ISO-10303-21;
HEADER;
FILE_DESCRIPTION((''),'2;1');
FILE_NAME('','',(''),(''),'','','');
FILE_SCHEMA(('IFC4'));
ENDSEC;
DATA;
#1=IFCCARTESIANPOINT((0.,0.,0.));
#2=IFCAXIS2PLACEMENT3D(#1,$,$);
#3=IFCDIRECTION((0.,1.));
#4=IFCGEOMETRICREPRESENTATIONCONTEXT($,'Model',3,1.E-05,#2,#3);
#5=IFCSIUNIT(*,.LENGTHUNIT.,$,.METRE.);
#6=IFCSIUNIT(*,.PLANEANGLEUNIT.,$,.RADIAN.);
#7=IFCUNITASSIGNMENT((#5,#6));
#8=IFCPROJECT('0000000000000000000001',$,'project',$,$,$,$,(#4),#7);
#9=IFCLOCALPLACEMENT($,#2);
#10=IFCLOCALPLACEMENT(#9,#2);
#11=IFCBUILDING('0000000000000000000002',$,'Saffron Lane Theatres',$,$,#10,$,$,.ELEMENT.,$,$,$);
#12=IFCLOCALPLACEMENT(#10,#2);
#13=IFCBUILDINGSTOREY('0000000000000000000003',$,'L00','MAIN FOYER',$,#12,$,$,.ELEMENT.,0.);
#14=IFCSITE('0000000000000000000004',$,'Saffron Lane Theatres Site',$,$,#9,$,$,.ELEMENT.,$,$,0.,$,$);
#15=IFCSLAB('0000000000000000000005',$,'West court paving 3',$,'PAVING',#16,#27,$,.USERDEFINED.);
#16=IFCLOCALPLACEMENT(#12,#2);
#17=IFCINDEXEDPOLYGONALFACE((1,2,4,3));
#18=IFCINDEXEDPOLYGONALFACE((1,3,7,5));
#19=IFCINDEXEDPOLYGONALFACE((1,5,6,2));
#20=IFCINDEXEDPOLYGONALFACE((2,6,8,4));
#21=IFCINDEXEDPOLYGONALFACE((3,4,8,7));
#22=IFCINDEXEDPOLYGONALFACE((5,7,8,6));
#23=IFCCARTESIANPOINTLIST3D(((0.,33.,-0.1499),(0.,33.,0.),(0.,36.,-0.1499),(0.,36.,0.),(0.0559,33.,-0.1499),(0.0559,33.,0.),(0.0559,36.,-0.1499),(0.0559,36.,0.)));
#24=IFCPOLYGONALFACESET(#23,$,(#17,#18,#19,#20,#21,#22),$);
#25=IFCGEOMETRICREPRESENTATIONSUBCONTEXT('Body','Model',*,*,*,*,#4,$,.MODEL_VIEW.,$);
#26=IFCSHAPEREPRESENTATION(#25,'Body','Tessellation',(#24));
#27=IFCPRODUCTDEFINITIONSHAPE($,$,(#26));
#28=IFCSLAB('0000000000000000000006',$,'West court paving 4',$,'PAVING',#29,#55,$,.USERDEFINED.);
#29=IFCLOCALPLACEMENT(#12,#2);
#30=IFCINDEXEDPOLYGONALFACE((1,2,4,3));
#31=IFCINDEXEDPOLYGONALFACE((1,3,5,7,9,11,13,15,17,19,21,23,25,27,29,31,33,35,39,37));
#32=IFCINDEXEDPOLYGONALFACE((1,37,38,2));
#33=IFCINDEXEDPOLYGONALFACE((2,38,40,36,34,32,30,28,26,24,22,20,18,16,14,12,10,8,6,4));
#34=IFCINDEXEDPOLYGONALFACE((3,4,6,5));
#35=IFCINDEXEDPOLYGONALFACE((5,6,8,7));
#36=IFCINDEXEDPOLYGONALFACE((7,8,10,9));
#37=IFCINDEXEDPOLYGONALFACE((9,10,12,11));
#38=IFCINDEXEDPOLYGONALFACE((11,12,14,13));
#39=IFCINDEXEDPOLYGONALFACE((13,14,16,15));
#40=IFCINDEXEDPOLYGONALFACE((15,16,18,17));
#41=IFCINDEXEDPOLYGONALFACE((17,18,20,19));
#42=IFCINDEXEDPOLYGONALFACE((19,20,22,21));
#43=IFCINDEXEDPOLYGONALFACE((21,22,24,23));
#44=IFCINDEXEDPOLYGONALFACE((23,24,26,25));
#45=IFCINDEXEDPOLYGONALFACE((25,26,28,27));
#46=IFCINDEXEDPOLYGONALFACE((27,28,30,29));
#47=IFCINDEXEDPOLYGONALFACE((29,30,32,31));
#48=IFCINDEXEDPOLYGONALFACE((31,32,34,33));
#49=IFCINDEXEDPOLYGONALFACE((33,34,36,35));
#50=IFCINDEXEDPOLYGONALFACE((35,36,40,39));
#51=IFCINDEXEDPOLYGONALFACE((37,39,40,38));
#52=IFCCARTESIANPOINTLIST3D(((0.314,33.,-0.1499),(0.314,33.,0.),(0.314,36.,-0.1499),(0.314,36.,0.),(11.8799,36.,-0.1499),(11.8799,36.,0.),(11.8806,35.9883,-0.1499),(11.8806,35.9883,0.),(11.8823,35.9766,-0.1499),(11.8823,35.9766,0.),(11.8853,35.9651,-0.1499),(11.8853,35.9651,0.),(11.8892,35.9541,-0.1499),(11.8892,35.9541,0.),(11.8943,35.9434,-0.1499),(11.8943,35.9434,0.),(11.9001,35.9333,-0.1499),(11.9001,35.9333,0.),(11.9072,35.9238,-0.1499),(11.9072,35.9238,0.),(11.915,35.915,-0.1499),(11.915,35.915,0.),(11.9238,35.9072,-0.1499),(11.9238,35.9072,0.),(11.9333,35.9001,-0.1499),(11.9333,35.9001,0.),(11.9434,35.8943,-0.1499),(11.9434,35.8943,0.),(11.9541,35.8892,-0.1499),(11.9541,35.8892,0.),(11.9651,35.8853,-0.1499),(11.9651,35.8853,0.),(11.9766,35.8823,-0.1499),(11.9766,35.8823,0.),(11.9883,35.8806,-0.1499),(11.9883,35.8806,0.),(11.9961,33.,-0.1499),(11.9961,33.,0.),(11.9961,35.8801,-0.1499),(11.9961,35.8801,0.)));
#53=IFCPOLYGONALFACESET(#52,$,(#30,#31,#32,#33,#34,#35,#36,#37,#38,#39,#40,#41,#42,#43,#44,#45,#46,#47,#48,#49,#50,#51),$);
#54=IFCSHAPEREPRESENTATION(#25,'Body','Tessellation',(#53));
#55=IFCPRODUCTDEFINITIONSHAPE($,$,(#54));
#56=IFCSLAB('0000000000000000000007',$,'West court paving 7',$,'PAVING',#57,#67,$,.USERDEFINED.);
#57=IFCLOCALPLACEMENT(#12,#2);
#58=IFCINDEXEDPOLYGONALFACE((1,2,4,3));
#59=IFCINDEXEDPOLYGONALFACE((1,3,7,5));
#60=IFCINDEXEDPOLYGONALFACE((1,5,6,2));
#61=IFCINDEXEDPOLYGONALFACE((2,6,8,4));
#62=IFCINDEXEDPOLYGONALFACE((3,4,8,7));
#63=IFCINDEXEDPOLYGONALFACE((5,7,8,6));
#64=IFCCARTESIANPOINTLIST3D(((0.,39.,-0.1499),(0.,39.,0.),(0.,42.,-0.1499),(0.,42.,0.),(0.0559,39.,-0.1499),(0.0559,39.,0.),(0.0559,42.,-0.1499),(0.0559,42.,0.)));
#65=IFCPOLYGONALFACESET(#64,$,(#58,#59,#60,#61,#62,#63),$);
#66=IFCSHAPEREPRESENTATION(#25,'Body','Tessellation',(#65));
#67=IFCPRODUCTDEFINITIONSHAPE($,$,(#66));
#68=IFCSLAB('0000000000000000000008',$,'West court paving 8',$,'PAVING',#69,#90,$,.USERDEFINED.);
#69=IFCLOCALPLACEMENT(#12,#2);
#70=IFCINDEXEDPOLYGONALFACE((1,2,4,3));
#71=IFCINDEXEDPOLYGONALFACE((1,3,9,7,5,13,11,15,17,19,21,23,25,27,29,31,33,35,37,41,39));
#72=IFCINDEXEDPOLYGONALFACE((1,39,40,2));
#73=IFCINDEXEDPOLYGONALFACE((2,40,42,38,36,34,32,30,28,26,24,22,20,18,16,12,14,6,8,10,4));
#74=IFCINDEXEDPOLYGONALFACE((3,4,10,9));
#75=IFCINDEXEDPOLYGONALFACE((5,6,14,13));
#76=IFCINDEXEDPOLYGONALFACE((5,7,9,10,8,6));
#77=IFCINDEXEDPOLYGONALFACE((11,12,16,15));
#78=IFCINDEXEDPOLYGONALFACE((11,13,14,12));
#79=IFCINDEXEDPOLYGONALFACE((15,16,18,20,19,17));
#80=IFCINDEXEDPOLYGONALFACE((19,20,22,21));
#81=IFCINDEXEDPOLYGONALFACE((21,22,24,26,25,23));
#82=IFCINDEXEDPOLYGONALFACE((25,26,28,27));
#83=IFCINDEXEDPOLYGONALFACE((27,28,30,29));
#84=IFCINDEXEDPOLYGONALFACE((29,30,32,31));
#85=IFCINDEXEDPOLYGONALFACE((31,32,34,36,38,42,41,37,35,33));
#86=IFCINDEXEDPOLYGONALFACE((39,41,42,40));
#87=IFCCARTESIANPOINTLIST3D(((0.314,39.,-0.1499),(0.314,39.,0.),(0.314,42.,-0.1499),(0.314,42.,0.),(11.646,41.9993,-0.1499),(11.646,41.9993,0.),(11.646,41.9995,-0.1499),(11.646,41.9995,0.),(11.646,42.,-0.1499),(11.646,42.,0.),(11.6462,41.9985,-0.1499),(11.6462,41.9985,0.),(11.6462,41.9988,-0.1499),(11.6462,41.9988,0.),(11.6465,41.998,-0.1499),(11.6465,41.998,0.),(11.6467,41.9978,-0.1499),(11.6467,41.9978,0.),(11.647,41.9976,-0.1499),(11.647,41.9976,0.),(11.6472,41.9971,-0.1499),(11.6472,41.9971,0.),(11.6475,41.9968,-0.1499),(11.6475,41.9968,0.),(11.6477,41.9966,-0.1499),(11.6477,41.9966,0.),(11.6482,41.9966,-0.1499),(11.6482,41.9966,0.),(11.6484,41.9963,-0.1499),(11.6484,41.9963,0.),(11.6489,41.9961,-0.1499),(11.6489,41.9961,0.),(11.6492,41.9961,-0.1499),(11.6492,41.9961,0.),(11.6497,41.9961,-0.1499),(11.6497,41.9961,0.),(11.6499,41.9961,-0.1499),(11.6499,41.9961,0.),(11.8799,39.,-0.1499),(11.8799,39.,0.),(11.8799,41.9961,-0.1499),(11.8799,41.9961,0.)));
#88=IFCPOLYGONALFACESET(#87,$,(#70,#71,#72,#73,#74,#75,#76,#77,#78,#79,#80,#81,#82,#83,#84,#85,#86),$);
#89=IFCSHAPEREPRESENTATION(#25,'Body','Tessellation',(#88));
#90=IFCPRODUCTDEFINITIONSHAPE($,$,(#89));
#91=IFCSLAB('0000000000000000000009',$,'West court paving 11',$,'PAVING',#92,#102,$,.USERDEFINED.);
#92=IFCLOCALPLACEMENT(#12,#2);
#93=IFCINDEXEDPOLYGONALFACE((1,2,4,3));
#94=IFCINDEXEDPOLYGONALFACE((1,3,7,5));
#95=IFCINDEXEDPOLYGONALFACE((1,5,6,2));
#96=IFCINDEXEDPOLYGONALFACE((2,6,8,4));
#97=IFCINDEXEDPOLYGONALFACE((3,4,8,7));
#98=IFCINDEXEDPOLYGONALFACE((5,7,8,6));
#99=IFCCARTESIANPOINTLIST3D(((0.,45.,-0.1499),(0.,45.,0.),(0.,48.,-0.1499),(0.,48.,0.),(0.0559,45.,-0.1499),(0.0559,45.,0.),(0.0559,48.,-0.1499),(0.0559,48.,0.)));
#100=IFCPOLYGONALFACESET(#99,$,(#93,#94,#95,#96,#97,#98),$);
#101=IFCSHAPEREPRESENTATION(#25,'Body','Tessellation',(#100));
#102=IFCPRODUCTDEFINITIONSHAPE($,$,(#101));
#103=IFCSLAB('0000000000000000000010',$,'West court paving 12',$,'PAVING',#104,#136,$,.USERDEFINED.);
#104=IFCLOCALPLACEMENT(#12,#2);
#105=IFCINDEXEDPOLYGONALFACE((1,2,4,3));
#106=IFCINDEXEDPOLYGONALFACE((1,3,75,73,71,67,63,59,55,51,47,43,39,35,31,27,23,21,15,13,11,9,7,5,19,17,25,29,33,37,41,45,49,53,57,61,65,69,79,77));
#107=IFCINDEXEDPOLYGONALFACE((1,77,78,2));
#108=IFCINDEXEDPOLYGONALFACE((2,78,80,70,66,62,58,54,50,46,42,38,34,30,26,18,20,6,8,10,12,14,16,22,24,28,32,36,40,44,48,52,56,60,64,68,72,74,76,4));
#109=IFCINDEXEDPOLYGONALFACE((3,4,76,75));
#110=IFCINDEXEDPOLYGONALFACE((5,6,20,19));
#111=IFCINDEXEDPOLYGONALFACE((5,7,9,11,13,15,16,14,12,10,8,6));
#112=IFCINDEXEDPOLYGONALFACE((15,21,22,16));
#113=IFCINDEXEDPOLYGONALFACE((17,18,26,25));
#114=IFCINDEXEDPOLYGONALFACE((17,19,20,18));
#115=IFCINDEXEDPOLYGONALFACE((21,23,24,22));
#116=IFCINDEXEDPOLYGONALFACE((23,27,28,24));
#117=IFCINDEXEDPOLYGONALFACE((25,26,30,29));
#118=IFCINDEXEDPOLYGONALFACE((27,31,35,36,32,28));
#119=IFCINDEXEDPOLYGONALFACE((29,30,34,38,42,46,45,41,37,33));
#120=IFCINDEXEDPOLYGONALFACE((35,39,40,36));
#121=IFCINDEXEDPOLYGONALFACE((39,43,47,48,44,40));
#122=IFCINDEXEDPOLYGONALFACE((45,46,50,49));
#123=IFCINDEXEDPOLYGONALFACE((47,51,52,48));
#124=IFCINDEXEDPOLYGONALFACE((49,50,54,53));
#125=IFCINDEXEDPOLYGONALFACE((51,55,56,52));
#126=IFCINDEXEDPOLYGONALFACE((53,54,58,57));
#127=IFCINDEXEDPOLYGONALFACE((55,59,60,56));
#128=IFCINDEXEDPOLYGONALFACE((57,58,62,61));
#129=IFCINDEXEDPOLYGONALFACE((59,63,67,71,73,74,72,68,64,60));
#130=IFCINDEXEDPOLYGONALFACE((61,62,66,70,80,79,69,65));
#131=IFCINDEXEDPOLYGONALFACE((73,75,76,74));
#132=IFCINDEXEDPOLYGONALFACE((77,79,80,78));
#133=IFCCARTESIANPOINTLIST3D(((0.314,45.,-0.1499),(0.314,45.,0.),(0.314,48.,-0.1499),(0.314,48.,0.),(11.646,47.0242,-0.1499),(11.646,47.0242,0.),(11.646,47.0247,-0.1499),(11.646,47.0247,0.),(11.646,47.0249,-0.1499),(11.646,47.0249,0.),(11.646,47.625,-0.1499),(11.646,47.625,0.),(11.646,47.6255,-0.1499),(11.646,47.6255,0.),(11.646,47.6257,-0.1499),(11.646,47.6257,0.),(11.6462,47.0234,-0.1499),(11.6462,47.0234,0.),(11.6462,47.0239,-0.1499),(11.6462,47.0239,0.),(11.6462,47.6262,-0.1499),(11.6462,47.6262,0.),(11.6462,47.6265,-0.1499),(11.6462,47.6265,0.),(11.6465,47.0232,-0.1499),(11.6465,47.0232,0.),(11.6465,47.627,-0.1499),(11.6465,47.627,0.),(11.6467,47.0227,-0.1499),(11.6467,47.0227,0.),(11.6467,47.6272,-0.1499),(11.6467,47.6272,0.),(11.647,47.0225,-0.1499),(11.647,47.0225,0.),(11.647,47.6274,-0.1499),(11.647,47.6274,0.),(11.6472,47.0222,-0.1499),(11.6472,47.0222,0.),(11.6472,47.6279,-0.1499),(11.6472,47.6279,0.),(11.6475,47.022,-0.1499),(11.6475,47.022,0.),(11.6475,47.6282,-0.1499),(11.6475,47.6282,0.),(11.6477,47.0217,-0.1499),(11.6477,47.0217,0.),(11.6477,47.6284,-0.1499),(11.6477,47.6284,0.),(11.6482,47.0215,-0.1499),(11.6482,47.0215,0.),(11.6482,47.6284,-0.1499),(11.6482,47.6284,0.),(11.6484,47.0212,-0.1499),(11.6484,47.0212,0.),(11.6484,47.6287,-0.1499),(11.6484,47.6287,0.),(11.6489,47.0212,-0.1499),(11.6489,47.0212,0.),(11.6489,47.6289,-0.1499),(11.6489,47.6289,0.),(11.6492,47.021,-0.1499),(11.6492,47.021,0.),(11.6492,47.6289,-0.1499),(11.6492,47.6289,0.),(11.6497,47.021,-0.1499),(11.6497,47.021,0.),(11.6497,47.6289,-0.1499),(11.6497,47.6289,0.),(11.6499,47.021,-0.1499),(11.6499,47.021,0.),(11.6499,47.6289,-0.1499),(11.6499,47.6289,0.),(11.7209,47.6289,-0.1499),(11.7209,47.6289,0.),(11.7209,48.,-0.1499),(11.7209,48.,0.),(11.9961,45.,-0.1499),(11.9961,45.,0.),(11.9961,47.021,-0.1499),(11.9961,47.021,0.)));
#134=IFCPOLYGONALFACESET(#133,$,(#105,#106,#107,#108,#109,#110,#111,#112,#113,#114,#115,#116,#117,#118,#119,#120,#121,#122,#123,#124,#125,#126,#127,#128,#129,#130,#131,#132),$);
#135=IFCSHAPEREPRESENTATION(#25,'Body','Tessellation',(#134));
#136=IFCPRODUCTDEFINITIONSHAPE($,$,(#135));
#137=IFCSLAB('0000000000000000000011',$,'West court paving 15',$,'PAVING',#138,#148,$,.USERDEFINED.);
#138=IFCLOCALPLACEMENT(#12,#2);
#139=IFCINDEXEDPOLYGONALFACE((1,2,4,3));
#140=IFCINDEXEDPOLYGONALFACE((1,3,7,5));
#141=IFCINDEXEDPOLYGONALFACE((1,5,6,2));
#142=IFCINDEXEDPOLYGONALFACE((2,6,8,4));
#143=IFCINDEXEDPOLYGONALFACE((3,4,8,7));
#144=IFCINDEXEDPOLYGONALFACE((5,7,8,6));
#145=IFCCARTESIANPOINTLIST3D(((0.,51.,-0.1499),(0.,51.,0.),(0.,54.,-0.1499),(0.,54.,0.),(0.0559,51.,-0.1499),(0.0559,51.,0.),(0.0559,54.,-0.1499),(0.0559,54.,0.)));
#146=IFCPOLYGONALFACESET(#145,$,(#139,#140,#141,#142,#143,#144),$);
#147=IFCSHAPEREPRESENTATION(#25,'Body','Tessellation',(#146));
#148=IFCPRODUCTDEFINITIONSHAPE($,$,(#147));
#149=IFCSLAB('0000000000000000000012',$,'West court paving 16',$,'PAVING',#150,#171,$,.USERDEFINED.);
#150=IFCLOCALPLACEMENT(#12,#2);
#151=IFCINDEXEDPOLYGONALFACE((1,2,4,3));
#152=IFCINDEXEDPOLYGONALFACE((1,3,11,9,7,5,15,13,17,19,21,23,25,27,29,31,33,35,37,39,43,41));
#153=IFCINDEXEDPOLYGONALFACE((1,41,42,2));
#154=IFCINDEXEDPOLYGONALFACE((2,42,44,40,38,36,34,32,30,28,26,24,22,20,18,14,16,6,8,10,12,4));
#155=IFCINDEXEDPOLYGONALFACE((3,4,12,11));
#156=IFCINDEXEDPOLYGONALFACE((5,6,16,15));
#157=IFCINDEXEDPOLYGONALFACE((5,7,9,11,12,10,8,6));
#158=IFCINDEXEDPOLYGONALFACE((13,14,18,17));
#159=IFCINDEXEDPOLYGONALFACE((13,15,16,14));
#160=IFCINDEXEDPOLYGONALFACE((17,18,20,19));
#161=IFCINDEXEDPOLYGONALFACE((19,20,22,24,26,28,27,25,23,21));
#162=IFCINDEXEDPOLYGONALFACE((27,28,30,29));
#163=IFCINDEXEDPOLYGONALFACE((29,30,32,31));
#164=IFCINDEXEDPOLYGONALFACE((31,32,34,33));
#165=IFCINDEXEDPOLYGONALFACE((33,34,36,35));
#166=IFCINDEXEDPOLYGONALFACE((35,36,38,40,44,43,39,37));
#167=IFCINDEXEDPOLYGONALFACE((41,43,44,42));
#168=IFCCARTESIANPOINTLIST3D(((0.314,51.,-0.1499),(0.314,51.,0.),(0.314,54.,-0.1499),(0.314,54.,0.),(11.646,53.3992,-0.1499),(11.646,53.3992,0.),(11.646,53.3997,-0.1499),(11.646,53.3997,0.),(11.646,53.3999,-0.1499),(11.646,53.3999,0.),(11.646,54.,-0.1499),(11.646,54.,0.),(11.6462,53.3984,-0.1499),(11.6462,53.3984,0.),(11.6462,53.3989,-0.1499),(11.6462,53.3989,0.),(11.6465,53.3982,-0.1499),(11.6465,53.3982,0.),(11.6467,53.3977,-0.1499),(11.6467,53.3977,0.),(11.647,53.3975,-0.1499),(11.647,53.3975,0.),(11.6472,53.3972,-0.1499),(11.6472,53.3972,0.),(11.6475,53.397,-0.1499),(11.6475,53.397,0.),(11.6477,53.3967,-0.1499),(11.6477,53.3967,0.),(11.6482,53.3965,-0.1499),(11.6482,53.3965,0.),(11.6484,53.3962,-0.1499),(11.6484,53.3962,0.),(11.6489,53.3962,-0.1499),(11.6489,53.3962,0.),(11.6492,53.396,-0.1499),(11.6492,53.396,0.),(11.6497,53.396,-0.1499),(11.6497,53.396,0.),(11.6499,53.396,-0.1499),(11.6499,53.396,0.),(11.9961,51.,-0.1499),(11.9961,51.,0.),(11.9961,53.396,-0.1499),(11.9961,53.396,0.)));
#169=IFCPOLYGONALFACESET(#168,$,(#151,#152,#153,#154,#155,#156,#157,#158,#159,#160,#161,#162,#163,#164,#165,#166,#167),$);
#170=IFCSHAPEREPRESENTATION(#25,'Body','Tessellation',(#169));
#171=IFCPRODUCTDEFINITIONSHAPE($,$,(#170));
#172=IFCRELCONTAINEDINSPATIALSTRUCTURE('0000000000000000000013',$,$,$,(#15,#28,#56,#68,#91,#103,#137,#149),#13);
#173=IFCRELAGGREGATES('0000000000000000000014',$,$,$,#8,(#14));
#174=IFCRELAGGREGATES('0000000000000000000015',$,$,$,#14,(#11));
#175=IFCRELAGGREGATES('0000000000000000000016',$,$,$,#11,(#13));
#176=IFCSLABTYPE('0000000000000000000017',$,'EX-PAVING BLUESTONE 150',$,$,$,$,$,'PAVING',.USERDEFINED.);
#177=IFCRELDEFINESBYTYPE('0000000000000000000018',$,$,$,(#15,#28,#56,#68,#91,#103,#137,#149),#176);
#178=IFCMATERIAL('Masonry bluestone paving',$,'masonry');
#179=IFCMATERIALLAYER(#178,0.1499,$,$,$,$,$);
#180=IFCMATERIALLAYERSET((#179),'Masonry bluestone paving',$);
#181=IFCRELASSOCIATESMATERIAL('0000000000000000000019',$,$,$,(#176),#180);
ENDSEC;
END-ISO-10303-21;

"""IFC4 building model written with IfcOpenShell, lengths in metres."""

from ifc_helpers import new_model, si_unit, direction, frame, origin, place, context, subcontext, project, spatial, polyline, outline, extrude, material, layer, layer_set, type_object, element, save


model = new_model("IFC4")

# Units and contexts
model_context = context("Model", 3, precision=1e-05, world=origin(), true_north=direction((0.0, 1.0)))
body_context = subcontext(model_context, "Body", "Model", "MODEL_VIEW")
ifc_project = project(units=[si_unit("LENGTHUNIT", "METRE"), si_unit("PLANEANGLEUNIT", "RADIAN")], contexts=[model_context])

# Site, building, storey
site_placement = place(None, origin())
site = spatial("IfcSite", under=ifc_project, at=site_placement, Name="Saffron Lane Theatres Site", CompositionType="ELEMENT", RefElevation=0.0)
building_placement = place(site_placement, origin())
building = spatial("IfcBuilding", under=site, at=building_placement, Name="Saffron Lane Theatres", CompositionType="ELEMENT")
storey_placement = place(building_placement, origin())
storey = spatial("IfcBuildingStorey", under=building, at=storey_placement, Name="L00", Description="MAIN FOYER", CompositionType="ELEMENT", Elevation=0.0)

# Slabs
ifc_material_1 = material(Name="Masonry bluestone paving", Category="masonry")
ifc_layer_1 = layer(ifc_material_1, 0.1499)
ifc_layer_set_1 = layer_set([ifc_layer_1], Name="Masonry bluestone paving")
slab_type_1 = type_object("IfcSlabType", Name="EX-PAVING BLUESTONE 150", ElementType="PAVING", PredefinedType="USERDEFINED", material=ifc_layer_set_1)
slab_1_placement = place(storey_placement, frame((0.0, 0.0, -0.1499)))
element("IfcSlab", 1, at=slab_1_placement, inside=storey, type_object=slab_type_1, Name="West court paving 3", ObjectType="PAVING", PredefinedType="USERDEFINED", context=body_context, shape_type="SweptSolid", body=[
    extrude(outline(polyline([(0.0559, 33.0), (0.0559, 36.0), (0.0, 36.0), (0.0, 33.0), (0.0559, 33.0)])), origin(), (0.0, 0.0, 1.0), 0.1499),
])
slab_2_placement = place(storey_placement, frame((0.0, 0.0, -0.1499)))
element("IfcSlab", 2, at=slab_2_placement, inside=storey, type_object=slab_type_1, Name="West court paving 4", ObjectType="PAVING", PredefinedType="USERDEFINED", context=body_context, shape_type="SweptSolid", body=[
    extrude(outline(polyline([(11.8806, 35.9883), (11.8799, 36.0), (0.314, 36.0), (0.314, 33.0), (11.9961, 33.0), (11.9961, 35.8801), (11.9883, 35.8806), (11.9766, 35.8823), (11.9651, 35.8853), (11.9541, 35.8892), (11.9434, 35.8943), (11.9333, 35.9001), (11.9238, 35.9072), (11.915, 35.915), (11.9072, 35.9238), (11.9001, 35.9333), (11.8943, 35.9434), (11.8892, 35.9541), (11.8853, 35.9651), (11.8823, 35.9766), (11.8806, 35.9883)])), origin(), (0.0, 0.0, 1.0), 0.1499),
])
slab_3_placement = place(storey_placement, frame((0.0, 0.0, -0.1499)))
element("IfcSlab", 3, at=slab_3_placement, inside=storey, type_object=slab_type_1, Name="West court paving 7", ObjectType="PAVING", PredefinedType="USERDEFINED", context=body_context, shape_type="SweptSolid", body=[
    extrude(outline(polyline([(0.0559, 39.0), (0.0559, 42.0), (0.0, 42.0), (0.0, 39.0), (0.0559, 39.0)])), origin(), (0.0, 0.0, 1.0), 0.1499),
])
slab_4_placement = place(storey_placement, frame((0.0, 0.0, -0.1499)))
element("IfcSlab", 4, at=slab_4_placement, inside=storey, type_object=slab_type_1, Name="West court paving 8", ObjectType="PAVING", PredefinedType="USERDEFINED", context=body_context, shape_type="SweptSolid", body=[
    extrude(outline(polyline([(11.646, 41.9995), (11.646, 42.0), (0.314, 42.0), (0.314, 39.0), (11.8799, 39.0), (11.8799, 41.9961), (11.6499, 41.9961), (11.6497, 41.9961), (11.6492, 41.9961), (11.6489, 41.9961), (11.6484, 41.9963), (11.6482, 41.9966), (11.6477, 41.9966), (11.6475, 41.9968), (11.6472, 41.9971), (11.647, 41.9976), (11.6467, 41.9978), (11.6465, 41.998), (11.6462, 41.9985), (11.6462, 41.9988), (11.646, 41.9993), (11.646, 41.9995)])), origin(), (0.0, 0.0, 1.0), 0.1499),
])
slab_5_placement = place(storey_placement, frame((0.0, 0.0, -0.1499)))
element("IfcSlab", 5, at=slab_5_placement, inside=storey, type_object=slab_type_1, Name="West court paving 11", ObjectType="PAVING", PredefinedType="USERDEFINED", context=body_context, shape_type="SweptSolid", body=[
    extrude(outline(polyline([(0.0559, 45.0), (0.0559, 48.0), (0.0, 48.0), (0.0, 45.0), (0.0559, 45.0)])), origin(), (0.0, 0.0, 1.0), 0.1499),
])
slab_6_placement = place(storey_placement, frame((0.0, 0.0, -0.1499)))
element("IfcSlab", 6, at=slab_6_placement, inside=storey, type_object=slab_type_1, Name="West court paving 12", ObjectType="PAVING", PredefinedType="USERDEFINED", context=body_context, shape_type="SweptSolid", body=[
    extrude(outline(polyline([(11.7209, 47.6289), (11.7209, 48.0), (0.314, 48.0), (0.314, 45.0), (11.9961, 45.0), (11.9961, 47.021), (11.6499, 47.021), (11.6497, 47.021), (11.6492, 47.021), (11.6489, 47.0212), (11.6484, 47.0212), (11.6482, 47.0215), (11.6477, 47.0217), (11.6475, 47.022), (11.6472, 47.0222), (11.647, 47.0225), (11.6467, 47.0227), (11.6465, 47.0232), (11.6462, 47.0234), (11.6462, 47.0239), (11.646, 47.0242), (11.646, 47.0247), (11.646, 47.0249), (11.646, 47.625), (11.646, 47.6255), (11.646, 47.6257), (11.6462, 47.6262), (11.6462, 47.6265), (11.6465, 47.627), (11.6467, 47.6272), (11.647, 47.6274), (11.6472, 47.6279), (11.6475, 47.6282), (11.6477, 47.6284), (11.6482, 47.6284), (11.6484, 47.6287), (11.6489, 47.6289), (11.6492, 47.6289), (11.6497, 47.6289), (11.6499, 47.6289), (11.7209, 47.6289)])), origin(), (0.0, 0.0, 1.0), 0.1499),
])
slab_7_placement = place(storey_placement, frame((0.0, 0.0, -0.1499)))
element("IfcSlab", 7, at=slab_7_placement, inside=storey, type_object=slab_type_1, Name="West court paving 15", ObjectType="PAVING", PredefinedType="USERDEFINED", context=body_context, shape_type="SweptSolid", body=[
    extrude(outline(polyline([(0.0559, 51.0), (0.0559, 54.0), (0.0, 54.0), (0.0, 51.0), (0.0559, 51.0)])), origin(), (0.0, 0.0, 1.0), 0.1499),
])
slab_8_placement = place(storey_placement, frame((0.0, 0.0, -0.1499)))
element("IfcSlab", 8, at=slab_8_placement, inside=storey, type_object=slab_type_1, Name="West court paving 16", ObjectType="PAVING", PredefinedType="USERDEFINED", context=body_context, shape_type="SweptSolid", body=[
    extrude(outline(polyline([(11.646, 53.3999), (11.646, 54.0), (0.314, 54.0), (0.314, 51.0), (11.9961, 51.0), (11.9961, 53.396), (11.6499, 53.396), (11.6497, 53.396), (11.6492, 53.396), (11.6489, 53.3962), (11.6484, 53.3962), (11.6482, 53.3965), (11.6477, 53.3967), (11.6475, 53.397), (11.6472, 53.3972), (11.647, 53.3975), (11.6467, 53.3977), (11.6465, 53.3982), (11.6462, 53.3984), (11.6462, 53.3989), (11.646, 53.3992), (11.646, 53.3997), (11.646, 53.3999)])), origin(), (0.0, 0.0, 1.0), 0.1499),
])

save(model, "model.ifc")
